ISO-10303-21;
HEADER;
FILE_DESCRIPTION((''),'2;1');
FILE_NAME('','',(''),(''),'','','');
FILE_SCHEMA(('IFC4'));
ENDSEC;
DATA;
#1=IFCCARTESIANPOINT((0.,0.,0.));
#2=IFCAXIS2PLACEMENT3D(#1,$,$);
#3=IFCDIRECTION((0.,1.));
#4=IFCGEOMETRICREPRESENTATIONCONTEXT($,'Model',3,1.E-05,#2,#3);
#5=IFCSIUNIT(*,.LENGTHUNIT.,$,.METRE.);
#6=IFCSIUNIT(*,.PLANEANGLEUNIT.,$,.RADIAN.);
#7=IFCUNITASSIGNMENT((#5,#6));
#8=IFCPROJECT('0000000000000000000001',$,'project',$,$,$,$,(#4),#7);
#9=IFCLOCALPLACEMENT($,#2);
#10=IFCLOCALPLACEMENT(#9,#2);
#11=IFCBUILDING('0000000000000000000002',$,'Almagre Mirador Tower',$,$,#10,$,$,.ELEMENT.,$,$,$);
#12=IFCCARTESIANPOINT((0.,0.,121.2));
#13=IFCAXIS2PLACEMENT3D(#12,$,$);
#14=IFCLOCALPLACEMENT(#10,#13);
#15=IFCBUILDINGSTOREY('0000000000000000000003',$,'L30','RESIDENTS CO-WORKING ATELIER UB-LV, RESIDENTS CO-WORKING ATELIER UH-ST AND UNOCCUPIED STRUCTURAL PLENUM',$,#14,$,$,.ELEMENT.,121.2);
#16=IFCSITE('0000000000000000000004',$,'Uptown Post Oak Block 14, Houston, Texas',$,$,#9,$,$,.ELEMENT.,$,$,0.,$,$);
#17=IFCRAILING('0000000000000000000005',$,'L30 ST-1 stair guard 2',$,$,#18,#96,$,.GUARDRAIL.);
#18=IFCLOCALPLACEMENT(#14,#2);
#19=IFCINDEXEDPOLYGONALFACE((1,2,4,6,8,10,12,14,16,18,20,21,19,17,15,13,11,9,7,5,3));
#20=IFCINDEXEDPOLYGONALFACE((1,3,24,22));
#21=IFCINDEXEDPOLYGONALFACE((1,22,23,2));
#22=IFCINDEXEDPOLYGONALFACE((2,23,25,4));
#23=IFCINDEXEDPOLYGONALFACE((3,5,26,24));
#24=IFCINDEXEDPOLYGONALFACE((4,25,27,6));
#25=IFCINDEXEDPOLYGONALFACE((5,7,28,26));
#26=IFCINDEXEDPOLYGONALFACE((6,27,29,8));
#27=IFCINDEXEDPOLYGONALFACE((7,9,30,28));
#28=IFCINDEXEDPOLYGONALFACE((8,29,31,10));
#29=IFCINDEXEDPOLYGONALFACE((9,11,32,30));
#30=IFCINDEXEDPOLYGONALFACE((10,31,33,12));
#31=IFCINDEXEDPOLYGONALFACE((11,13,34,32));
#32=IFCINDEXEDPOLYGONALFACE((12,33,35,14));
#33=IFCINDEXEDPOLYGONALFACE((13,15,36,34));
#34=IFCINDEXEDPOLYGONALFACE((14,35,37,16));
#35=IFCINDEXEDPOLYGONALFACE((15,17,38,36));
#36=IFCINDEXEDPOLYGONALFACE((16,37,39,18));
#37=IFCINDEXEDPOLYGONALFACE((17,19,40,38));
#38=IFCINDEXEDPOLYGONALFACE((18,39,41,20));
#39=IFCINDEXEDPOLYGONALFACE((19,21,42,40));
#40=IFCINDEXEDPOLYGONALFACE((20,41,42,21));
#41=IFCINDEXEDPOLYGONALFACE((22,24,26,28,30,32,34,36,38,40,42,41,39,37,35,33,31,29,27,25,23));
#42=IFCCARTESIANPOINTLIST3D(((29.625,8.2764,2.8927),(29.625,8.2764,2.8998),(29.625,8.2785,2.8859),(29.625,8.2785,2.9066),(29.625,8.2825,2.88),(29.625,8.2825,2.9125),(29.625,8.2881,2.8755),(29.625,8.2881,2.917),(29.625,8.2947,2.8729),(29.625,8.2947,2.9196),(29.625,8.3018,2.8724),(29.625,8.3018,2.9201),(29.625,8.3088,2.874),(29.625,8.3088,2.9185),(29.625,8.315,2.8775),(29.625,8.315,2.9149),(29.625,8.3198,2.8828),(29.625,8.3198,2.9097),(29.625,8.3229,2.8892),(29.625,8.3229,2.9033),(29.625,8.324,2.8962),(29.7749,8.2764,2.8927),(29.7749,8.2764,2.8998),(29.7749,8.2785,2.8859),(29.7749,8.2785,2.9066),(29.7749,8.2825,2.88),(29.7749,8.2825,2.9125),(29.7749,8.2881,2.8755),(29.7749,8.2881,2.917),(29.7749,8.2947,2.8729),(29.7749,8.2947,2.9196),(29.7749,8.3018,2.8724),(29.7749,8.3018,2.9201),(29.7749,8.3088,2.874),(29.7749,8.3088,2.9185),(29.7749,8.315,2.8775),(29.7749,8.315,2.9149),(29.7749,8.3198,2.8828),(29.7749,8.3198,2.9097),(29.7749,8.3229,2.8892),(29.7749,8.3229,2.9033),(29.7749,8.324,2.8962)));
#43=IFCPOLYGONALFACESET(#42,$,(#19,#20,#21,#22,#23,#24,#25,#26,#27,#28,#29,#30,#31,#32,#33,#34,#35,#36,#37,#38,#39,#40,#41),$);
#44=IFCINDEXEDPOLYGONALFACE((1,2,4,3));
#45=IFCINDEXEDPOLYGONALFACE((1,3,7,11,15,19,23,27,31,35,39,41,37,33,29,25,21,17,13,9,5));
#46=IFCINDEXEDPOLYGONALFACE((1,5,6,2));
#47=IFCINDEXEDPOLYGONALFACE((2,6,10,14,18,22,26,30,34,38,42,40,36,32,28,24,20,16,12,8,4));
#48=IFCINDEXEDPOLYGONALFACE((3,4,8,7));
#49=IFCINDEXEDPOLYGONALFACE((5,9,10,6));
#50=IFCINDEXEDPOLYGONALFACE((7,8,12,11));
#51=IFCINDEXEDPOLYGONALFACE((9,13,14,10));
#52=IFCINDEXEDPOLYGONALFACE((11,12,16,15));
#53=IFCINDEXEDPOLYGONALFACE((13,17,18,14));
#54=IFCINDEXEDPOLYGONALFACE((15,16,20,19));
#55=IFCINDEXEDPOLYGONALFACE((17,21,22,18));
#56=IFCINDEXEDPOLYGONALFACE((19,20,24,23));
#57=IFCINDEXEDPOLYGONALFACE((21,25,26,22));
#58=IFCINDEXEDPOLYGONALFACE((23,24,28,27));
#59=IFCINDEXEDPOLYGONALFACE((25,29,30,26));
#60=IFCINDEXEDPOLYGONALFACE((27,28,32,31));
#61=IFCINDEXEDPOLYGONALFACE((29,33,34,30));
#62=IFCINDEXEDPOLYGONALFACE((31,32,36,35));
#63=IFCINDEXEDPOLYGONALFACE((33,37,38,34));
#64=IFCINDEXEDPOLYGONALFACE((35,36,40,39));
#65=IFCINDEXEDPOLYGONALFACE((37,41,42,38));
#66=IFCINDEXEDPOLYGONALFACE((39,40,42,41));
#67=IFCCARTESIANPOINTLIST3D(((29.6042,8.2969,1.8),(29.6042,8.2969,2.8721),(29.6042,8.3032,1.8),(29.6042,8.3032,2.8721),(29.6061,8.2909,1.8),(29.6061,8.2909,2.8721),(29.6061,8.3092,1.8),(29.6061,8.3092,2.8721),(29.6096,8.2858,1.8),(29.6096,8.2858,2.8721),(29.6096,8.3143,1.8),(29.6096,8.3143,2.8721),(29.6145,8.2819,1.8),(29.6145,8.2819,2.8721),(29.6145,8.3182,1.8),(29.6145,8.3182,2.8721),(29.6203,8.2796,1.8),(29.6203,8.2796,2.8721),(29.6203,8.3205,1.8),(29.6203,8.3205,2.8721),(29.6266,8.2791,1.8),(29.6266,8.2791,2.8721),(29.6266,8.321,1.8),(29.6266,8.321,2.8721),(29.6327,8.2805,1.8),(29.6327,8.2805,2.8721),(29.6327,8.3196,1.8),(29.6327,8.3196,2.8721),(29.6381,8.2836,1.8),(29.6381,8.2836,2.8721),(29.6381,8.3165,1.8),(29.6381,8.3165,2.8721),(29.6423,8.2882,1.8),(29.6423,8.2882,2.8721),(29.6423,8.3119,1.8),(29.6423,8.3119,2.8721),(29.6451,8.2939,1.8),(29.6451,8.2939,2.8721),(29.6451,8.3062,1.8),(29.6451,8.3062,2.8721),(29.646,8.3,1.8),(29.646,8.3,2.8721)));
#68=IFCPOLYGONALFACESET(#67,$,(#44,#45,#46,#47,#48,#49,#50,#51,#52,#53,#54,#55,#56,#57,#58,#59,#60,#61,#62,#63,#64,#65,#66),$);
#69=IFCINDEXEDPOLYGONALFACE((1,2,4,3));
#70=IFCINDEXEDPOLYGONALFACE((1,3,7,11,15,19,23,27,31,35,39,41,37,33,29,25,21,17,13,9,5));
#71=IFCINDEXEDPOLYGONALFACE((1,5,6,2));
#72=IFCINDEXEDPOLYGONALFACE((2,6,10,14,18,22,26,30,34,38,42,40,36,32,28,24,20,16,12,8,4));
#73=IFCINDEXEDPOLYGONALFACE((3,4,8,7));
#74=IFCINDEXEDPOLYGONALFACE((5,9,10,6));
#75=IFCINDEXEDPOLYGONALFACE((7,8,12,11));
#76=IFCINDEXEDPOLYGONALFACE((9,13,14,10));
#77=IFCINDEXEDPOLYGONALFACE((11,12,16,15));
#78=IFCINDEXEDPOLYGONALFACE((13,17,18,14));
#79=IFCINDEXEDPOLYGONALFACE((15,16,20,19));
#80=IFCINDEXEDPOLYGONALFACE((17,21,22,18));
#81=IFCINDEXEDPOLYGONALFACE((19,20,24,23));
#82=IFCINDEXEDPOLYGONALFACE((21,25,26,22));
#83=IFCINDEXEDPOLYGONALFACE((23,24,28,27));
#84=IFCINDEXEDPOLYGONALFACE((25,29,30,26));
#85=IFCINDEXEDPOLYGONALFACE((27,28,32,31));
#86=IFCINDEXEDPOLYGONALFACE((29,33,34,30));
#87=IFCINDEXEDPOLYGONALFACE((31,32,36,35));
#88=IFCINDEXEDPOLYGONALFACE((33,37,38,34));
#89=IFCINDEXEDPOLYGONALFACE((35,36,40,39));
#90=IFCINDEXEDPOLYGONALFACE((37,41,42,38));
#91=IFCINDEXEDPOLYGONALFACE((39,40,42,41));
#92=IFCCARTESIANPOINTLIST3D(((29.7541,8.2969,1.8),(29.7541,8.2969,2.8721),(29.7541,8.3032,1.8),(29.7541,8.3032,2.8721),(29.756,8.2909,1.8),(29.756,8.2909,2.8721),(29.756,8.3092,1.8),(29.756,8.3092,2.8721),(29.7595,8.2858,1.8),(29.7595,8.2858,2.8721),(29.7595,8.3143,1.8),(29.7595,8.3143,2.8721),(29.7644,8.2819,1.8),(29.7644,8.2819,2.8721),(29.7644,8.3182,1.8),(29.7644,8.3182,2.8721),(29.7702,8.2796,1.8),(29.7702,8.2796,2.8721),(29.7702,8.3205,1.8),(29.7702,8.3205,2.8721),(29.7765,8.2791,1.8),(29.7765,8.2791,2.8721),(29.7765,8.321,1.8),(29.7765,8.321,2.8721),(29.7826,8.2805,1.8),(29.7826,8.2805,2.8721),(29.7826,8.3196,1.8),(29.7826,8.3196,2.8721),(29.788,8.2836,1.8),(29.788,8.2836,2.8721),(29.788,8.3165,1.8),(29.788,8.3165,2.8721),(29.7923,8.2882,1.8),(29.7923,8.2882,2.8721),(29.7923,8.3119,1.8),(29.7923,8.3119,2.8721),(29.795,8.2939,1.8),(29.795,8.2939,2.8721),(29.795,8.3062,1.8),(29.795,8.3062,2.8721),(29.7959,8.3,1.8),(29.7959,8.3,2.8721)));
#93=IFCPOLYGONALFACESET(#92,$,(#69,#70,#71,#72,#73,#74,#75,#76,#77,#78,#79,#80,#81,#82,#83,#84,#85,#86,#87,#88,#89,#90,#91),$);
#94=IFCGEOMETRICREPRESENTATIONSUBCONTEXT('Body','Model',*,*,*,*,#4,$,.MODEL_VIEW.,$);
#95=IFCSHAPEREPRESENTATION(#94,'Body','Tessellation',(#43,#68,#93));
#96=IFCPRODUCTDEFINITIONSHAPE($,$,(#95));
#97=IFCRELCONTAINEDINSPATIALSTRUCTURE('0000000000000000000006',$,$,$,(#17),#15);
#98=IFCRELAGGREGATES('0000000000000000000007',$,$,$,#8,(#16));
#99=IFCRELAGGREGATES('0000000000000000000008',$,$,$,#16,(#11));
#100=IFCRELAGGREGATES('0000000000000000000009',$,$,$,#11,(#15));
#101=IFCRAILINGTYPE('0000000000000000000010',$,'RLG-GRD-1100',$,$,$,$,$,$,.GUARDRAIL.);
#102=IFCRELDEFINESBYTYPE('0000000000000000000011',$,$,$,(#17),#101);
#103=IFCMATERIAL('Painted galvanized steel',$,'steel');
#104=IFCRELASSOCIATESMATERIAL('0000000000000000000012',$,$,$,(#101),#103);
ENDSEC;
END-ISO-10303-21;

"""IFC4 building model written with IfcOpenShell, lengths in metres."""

from ifc_helpers import new_model, si_unit, direction, frame, origin, origin_2d, place, context, subcontext, project, spatial, circle, extrude, material, type_object, element, save


model = new_model("IFC4")

# Units and contexts
model_context = context("Model", 3, precision=1e-05, world=origin(), true_north=direction((0.0, 1.0)))
body_context = subcontext(model_context, "Body", "Model", "MODEL_VIEW")
ifc_project = project(units=[si_unit("LENGTHUNIT", "METRE"), si_unit("PLANEANGLEUNIT", "RADIAN")], contexts=[model_context])

# Site, building, storey
site_placement = place(None, origin())
site = spatial("IfcSite", under=ifc_project, at=site_placement, Name="Uptown Post Oak Block 14, Houston, Texas", CompositionType="ELEMENT", RefElevation=0.0)
building_placement = place(site_placement, origin())
building = spatial("IfcBuilding", under=site, at=building_placement, Name="Almagre Mirador Tower", CompositionType="ELEMENT")
storey_placement = place(building_placement, frame((0.0, 0.0, 121.2)))
storey = spatial("IfcBuildingStorey", under=building, at=storey_placement, Name="L30", Description="RESIDENTS CO-WORKING ATELIER UB-LV, RESIDENTS CO-WORKING ATELIER UH-ST AND UNOCCUPIED STRUCTURAL PLENUM", CompositionType="ELEMENT", Elevation=121.2)

# Railing
ifc_material_1 = material(Name="Painted galvanized steel", Category="steel")
railing_type_1 = type_object("IfcRailingType", Name="RLG-GRD-1100", PredefinedType="GUARDRAIL", material=ifc_material_1)
railing_1_placement = place(storey_placement, frame((29.625, 8.3, 1.8)))
element("IfcRailing", 1, at=railing_1_placement, inside=storey, type_object=railing_type_1, Name="L30 ST-1 stair guard 2", PredefinedType="GUARDRAIL", context=body_context, shape_type="SweptSolid", body=[
    extrude(circle(Radius=0.0239, at=origin_2d()), frame((0.0, 0.0, 1.0962), z_axis=(1.0, 0.0, 0.0), x_axis=(0.0, 1.0, 0.0)), (0.0, 0.0, 1.0), 0.1499),
    extrude(circle(Radius=0.021, at=origin_2d()), origin(), (0.0, 0.0, 1.0), 1.072),
    extrude(circle(Radius=0.021, at=origin_2d()), frame((0.1499, 0.0, 0.0)), (0.0, 0.0, 1.0), 1.072),
])

save(model, "model.ifc")
